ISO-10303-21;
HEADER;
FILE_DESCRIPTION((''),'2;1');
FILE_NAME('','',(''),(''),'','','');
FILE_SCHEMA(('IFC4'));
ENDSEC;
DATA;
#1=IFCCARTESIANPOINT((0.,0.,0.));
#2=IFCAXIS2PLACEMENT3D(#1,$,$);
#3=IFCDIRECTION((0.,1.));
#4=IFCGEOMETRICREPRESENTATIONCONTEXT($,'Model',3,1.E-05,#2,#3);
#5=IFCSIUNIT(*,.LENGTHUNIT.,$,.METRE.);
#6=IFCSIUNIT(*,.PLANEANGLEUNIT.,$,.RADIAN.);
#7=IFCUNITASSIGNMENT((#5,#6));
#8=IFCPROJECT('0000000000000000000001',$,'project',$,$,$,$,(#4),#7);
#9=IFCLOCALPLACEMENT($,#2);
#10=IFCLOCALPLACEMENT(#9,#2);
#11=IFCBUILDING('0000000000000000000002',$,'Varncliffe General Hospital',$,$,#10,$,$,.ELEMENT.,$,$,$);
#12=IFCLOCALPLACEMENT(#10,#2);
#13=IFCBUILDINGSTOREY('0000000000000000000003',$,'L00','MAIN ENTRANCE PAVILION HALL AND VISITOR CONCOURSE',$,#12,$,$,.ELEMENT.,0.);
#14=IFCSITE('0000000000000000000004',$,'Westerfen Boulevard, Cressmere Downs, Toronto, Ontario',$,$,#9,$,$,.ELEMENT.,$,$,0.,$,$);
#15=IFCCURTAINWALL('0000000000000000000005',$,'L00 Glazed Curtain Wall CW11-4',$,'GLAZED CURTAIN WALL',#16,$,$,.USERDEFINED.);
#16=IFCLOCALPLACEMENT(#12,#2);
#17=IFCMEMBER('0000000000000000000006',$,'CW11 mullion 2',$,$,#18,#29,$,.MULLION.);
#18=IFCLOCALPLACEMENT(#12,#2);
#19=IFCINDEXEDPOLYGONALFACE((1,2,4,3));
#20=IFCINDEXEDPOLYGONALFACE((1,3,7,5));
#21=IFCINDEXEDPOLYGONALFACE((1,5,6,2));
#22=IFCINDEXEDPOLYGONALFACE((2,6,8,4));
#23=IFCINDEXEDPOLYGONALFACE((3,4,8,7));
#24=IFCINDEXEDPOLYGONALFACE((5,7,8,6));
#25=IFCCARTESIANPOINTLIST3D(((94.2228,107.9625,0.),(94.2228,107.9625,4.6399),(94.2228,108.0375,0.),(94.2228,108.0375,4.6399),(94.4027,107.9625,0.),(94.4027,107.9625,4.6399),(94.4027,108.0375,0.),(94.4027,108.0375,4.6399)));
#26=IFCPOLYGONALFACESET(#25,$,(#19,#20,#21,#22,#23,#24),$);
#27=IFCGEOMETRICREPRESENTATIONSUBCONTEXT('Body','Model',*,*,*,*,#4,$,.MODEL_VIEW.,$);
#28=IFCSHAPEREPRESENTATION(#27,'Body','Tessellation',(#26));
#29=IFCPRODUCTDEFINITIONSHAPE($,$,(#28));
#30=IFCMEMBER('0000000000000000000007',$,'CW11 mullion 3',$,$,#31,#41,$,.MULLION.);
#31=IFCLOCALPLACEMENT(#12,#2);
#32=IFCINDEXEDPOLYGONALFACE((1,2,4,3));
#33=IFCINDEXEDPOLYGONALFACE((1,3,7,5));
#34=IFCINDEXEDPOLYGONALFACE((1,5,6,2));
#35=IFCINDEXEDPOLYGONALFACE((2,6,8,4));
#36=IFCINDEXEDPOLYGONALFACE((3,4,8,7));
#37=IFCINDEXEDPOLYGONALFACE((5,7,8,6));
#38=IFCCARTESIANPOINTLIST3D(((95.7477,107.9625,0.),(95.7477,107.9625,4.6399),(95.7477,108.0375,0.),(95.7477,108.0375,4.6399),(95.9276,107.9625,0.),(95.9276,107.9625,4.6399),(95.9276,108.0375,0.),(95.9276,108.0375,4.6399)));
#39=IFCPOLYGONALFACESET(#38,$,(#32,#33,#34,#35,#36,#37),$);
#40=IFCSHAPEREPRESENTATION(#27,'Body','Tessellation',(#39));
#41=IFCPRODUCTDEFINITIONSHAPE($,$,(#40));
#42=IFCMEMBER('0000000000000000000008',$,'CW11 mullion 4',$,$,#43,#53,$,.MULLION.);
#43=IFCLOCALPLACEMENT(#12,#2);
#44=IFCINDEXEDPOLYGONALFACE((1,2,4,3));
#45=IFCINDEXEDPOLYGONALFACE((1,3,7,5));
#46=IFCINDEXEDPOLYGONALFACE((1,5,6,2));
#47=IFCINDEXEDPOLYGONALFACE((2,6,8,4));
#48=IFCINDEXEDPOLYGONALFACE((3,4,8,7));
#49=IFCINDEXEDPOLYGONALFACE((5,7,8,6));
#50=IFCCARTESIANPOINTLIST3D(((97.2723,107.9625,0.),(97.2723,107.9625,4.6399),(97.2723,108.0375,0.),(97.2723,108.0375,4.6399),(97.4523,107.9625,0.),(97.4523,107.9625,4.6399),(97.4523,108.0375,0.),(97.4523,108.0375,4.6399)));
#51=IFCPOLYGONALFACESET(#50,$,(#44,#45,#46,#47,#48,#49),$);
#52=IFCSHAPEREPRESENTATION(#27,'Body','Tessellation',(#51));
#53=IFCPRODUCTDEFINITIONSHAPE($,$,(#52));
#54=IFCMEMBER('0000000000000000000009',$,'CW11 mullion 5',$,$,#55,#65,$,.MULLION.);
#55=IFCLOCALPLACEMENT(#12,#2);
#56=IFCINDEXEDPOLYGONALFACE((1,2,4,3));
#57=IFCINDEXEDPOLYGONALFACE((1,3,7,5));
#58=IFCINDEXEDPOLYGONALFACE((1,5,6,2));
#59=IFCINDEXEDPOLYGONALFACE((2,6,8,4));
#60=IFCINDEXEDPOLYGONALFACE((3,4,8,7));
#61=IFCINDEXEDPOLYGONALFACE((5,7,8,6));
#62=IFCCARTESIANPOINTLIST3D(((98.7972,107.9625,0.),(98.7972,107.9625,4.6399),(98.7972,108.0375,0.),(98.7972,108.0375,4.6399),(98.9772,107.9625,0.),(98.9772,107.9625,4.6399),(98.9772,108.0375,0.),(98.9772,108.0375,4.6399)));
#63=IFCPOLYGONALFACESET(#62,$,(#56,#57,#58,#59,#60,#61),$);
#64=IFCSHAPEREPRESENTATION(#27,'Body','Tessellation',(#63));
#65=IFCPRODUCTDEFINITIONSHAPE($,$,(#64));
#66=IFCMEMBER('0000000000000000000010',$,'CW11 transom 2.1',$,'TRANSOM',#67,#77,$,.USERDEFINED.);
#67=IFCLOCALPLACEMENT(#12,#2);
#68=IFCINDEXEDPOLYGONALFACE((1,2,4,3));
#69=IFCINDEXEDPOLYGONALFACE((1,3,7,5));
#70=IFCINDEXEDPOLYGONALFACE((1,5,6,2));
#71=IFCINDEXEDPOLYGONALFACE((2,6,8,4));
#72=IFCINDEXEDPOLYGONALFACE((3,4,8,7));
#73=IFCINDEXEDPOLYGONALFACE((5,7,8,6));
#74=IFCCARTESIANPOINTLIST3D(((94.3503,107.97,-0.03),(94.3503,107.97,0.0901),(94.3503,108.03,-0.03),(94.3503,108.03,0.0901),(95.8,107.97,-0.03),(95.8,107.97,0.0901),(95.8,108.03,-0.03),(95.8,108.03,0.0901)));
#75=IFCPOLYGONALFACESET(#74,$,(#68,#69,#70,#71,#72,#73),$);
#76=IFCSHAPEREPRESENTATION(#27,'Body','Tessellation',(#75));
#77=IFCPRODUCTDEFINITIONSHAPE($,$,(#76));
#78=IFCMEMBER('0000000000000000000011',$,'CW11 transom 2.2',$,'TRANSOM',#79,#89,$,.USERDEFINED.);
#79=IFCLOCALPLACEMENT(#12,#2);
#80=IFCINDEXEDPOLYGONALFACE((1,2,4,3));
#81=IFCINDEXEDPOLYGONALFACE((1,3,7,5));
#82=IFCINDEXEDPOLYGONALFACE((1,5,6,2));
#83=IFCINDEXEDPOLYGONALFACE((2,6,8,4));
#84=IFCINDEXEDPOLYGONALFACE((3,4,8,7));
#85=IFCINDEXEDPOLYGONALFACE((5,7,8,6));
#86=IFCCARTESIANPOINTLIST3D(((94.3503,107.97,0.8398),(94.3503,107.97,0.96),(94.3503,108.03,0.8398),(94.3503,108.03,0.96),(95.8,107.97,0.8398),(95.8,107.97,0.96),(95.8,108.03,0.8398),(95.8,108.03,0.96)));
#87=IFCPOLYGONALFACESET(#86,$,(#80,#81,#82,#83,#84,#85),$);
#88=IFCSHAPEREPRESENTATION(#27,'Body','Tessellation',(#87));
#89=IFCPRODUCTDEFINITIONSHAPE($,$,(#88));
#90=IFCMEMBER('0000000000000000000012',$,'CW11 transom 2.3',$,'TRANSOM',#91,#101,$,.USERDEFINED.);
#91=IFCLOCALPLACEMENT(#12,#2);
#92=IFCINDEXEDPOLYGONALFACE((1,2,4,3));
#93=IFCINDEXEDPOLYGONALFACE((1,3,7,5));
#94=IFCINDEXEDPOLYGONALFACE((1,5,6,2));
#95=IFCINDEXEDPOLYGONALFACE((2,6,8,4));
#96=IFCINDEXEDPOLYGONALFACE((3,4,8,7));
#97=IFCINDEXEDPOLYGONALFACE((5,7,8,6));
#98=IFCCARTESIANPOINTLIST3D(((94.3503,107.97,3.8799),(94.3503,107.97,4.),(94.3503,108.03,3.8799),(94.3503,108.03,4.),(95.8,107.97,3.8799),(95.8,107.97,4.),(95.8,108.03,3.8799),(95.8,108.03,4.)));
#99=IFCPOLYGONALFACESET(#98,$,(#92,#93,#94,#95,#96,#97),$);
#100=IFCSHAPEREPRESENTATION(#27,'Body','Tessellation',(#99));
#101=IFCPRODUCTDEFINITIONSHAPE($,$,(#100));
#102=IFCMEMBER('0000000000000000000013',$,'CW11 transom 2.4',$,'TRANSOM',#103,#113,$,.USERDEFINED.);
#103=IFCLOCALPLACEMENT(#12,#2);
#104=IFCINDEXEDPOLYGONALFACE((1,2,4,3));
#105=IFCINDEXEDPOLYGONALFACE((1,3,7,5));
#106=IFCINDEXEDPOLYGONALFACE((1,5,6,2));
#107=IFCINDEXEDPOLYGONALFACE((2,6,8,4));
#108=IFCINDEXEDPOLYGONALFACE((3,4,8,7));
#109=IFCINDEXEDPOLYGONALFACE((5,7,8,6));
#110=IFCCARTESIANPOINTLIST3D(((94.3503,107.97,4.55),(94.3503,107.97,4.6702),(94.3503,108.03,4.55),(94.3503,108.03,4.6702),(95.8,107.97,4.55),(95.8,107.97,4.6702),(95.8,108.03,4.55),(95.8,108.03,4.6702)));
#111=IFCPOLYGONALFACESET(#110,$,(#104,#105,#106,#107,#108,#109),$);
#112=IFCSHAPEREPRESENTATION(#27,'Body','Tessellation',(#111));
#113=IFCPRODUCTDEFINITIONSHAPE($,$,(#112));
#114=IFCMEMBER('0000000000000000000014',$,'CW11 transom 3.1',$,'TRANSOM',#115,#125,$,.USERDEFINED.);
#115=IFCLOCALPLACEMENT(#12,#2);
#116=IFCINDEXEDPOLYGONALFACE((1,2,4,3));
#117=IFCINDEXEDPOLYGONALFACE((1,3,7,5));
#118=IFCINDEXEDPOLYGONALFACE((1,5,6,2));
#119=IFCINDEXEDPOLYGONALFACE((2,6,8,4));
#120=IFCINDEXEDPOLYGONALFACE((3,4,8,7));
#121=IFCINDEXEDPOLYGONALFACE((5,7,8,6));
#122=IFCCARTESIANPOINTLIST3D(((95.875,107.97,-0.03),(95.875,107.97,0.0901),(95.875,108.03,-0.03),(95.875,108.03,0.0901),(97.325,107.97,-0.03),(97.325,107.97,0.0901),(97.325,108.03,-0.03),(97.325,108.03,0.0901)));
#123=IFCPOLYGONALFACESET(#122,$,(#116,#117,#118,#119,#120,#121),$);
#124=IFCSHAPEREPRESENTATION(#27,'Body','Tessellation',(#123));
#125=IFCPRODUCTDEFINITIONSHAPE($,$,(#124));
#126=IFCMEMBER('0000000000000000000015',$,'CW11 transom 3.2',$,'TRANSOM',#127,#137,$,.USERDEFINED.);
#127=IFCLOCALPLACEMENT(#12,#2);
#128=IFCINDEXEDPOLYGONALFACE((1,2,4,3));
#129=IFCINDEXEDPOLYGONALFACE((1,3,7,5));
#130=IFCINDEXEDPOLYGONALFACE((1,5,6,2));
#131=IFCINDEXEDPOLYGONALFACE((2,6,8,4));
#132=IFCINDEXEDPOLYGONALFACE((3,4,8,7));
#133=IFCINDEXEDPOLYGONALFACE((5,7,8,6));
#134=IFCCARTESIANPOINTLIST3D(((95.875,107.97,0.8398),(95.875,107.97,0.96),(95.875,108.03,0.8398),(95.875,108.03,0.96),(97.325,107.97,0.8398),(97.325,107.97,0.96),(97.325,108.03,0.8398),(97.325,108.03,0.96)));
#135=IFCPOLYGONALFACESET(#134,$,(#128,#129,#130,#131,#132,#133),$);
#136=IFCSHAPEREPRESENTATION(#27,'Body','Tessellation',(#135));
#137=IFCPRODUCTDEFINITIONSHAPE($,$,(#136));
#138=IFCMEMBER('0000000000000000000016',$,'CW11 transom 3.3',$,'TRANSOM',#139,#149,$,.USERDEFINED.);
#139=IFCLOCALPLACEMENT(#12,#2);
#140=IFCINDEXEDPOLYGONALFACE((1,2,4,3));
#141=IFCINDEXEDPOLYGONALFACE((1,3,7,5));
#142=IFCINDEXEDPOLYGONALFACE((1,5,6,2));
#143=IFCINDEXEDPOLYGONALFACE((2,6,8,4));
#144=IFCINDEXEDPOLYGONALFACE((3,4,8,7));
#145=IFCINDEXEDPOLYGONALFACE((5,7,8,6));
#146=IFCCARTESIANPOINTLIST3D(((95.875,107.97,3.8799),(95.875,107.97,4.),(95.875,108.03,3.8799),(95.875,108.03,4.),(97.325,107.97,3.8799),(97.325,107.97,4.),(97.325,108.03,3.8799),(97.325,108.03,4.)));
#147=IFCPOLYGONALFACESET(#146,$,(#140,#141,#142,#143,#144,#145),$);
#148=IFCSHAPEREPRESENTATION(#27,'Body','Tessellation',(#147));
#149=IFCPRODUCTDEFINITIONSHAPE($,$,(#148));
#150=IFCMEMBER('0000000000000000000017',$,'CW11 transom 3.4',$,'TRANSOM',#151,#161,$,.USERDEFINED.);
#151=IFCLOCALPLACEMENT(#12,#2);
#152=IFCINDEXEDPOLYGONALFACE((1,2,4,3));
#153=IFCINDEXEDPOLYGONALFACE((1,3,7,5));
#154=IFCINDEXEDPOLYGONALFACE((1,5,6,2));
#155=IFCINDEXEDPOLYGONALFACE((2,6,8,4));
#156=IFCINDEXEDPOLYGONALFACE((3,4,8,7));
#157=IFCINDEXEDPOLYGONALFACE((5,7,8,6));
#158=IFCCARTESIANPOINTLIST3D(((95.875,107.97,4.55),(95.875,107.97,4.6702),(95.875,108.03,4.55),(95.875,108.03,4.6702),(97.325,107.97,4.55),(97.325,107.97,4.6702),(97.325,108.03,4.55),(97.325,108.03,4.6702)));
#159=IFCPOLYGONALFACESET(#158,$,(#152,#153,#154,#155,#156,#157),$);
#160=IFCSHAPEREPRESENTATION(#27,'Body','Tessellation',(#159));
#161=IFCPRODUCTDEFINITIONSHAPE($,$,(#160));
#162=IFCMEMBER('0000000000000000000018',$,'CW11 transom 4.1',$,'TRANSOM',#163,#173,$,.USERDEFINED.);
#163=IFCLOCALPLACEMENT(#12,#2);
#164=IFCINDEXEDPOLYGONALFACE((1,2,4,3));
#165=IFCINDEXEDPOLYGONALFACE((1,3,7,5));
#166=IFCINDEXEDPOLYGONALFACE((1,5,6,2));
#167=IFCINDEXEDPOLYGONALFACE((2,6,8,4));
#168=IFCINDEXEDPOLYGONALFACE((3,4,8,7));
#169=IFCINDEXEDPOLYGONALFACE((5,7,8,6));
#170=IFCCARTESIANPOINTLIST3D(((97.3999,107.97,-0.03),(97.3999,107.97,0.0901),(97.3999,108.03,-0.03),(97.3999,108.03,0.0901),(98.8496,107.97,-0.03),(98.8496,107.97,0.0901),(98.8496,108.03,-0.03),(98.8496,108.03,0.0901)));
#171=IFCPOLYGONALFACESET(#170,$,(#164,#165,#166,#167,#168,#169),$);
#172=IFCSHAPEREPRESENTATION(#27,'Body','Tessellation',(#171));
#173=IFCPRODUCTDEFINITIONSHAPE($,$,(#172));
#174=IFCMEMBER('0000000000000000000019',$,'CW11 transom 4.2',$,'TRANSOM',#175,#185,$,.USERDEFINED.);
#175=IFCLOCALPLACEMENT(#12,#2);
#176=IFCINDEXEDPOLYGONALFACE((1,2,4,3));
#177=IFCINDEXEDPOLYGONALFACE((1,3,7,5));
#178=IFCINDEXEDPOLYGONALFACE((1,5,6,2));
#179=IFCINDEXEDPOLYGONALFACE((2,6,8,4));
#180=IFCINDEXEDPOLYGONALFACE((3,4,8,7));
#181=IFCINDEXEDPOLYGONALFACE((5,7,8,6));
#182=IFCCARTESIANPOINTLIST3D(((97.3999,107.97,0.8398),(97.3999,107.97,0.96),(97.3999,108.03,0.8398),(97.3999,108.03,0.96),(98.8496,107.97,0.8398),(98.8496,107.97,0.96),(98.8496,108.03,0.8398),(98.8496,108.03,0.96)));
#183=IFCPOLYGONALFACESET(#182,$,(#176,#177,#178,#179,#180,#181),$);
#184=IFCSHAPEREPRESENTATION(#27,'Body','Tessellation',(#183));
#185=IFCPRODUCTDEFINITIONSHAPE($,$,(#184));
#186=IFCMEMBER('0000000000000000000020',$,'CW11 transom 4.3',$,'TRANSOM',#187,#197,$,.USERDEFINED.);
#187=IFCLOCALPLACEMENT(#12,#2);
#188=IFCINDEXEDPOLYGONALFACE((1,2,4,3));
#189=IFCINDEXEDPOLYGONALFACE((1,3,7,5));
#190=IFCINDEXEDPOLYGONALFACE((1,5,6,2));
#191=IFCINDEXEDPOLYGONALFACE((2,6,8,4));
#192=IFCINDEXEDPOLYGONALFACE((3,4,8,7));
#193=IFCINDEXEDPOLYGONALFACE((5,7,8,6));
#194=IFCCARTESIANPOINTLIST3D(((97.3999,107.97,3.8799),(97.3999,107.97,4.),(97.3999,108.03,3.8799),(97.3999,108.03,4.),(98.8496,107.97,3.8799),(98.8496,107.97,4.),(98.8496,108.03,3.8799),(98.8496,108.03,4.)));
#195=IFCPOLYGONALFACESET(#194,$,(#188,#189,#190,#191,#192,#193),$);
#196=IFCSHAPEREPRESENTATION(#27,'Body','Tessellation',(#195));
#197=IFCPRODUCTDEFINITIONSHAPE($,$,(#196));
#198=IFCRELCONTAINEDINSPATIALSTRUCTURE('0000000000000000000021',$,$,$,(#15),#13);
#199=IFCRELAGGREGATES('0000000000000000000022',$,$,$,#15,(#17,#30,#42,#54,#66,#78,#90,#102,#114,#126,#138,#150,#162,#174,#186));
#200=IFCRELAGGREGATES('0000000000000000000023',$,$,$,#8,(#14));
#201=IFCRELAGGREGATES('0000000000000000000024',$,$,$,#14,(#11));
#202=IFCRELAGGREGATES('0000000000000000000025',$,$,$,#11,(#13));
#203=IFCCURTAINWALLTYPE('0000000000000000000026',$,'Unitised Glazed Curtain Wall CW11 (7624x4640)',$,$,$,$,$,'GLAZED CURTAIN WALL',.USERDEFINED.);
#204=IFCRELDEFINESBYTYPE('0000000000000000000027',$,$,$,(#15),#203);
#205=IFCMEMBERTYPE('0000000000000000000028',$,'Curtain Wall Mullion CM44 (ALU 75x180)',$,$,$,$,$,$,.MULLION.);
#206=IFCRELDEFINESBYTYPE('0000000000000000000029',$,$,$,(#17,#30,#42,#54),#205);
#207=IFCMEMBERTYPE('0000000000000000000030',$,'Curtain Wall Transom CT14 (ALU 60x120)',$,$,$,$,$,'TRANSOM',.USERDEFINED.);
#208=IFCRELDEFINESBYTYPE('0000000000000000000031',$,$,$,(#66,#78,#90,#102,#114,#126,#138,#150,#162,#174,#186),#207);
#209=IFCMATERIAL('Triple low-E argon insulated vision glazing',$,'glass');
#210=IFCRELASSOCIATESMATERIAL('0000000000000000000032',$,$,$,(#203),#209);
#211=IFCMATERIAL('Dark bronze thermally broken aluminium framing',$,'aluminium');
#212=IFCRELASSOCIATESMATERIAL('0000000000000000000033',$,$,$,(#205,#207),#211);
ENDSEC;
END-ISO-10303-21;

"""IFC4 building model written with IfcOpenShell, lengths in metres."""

from ifc_helpers import new_model, si_unit, direction, frame, origin, origin_2d, place, context, subcontext, project, spatial, rectangle, extrude, material, material_profile, profile_set, type_object, element, aggregate, save


model = new_model("IFC4")

# Units and contexts
model_context = context("Model", 3, precision=1e-05, world=origin(), true_north=direction((0.0, 1.0)))
body_context = subcontext(model_context, "Body", "Model", "MODEL_VIEW")
ifc_project = project(units=[si_unit("LENGTHUNIT", "METRE"), si_unit("PLANEANGLEUNIT", "RADIAN")], contexts=[model_context])

# Site, building, storey
site_placement = place(None, origin())
site = spatial("IfcSite", under=ifc_project, at=site_placement, Name="Westerfen Boulevard, Cressmere Downs, Toronto, Ontario", CompositionType="ELEMENT", RefElevation=0.0)
building_placement = place(site_placement, origin())
building = spatial("IfcBuilding", under=site, at=building_placement, Name="Varncliffe General Hospital", CompositionType="ELEMENT")
storey_placement = place(building_placement, origin())
storey = spatial("IfcBuildingStorey", under=building, at=storey_placement, Name="L00", Description="MAIN ENTRANCE PAVILION HALL AND VISITOR CONCOURSE", CompositionType="ELEMENT", Elevation=0.0)

# Curtain wall, members
ifc_material_1 = material(Name="Triple low-E argon insulated vision glazing", Category="glass")
curtain_wall_type = type_object("IfcCurtainWallType", Name="Unitised Glazed Curtain Wall CW11 (7624x4640)", ElementType="GLAZED CURTAIN WALL", PredefinedType="USERDEFINED", material=ifc_material_1)
curtain_wall_placement = place(storey_placement, origin())
curtain_wall = element("IfcCurtainWall", 1, at=curtain_wall_placement, inside=storey, type_object=curtain_wall_type, Name="L00 Glazed Curtain Wall CW11-4", ObjectType="GLAZED CURTAIN WALL", PredefinedType="USERDEFINED")
ifc_material_2 = material(Name="Dark bronze thermally broken aluminium framing", Category="aluminium")
ifc_material_profile_1 = material_profile(ifc_material_2, rectangle(XDim=0.075, YDim=0.1799, at=origin_2d()), Name="ALU 75x180")
ifc_profile_set_1 = profile_set([ifc_material_profile_1], Name="Dark bronze thermally broken aluminium framing")
member_type_1 = type_object("IfcMemberType", Name="Curtain Wall Mullion CM44 (ALU 75x180)", PredefinedType="MULLION", material=ifc_profile_set_1)
member_1_placement = place(storey_placement, frame((94.3127, 108.0, 0.0), z_axis=(0.0, 0.0, 1.0), x_axis=(0.0, 1.0, 0.0)))
member_1 = element("IfcMember", 2, at=member_1_placement, type_object=member_type_1, Name="CW11 mullion 2", PredefinedType="MULLION", context=body_context, shape_type="SweptSolid", body=[
    extrude(rectangle(XDim=0.075, YDim=0.1799, at=origin_2d()), origin(), (0.0, 0.0, 1.0), 4.6399),
])
member_2_placement = place(storey_placement, frame((95.8376, 108.0, 0.0), z_axis=(0.0, 0.0, 1.0), x_axis=(0.0, 1.0, 0.0)))
member_2 = element("IfcMember", 3, at=member_2_placement, type_object=member_type_1, Name="CW11 mullion 3", PredefinedType="MULLION", context=body_context, shape_type="SweptSolid", body=[
    extrude(rectangle(XDim=0.075, YDim=0.1799, at=origin_2d()), origin(), (0.0, 0.0, 1.0), 4.6399),
])
member_3_placement = place(storey_placement, frame((97.3623, 108.0, 0.0), z_axis=(0.0, 0.0, 1.0), x_axis=(0.0, 1.0, 0.0)))
member_3 = element("IfcMember", 4, at=member_3_placement, type_object=member_type_1, Name="CW11 mullion 4", PredefinedType="MULLION", context=body_context, shape_type="SweptSolid", body=[
    extrude(rectangle(XDim=0.075, YDim=0.1799, at=origin_2d()), origin(), (0.0, 0.0, 1.0), 4.6399),
])
member_4_placement = place(storey_placement, frame((98.8872, 108.0, 0.0), z_axis=(0.0, 0.0, 1.0), x_axis=(0.0, 1.0, 0.0)))
member_4 = element("IfcMember", 5, at=member_4_placement, type_object=member_type_1, Name="CW11 mullion 5", PredefinedType="MULLION", context=body_context, shape_type="SweptSolid", body=[
    extrude(rectangle(XDim=0.075, YDim=0.1799, at=origin_2d()), origin(), (0.0, 0.0, 1.0), 4.6399),
])
ifc_material_profile_2 = material_profile(ifc_material_2, rectangle(XDim=0.0601, YDim=0.1201, at=origin_2d()), Name="ALU 60x120")
ifc_profile_set_2 = profile_set([ifc_material_profile_2], Name="Dark bronze thermally broken aluminium framing")
member_type_2 = type_object("IfcMemberType", Name="Curtain Wall Transom CT14 (ALU 60x120)", ElementType="TRANSOM", PredefinedType="USERDEFINED", material=ifc_profile_set_2)
member_5_placement = place(storey_placement, frame((94.3503, 108.0, 0.03), z_axis=(1.0, 0.0, 0.0), x_axis=(0.0, 1.0, 0.0)))
member_5 = element("IfcMember", 6, at=member_5_placement, type_object=member_type_2, Name="CW11 transom 2.1", ObjectType="TRANSOM", PredefinedType="USERDEFINED", context=body_context, shape_type="SweptSolid", body=[
    extrude(rectangle(XDim=0.0601, YDim=0.1201, at=origin_2d()), origin(), (0.0, 0.0, 1.0), 1.4497),
])
member_6_placement = place(storey_placement, frame((94.3503, 108.0, 0.8999), z_axis=(1.0, 0.0, 0.0), x_axis=(0.0, 1.0, 0.0)))
member_6 = element("IfcMember", 7, at=member_6_placement, type_object=member_type_2, Name="CW11 transom 2.2", ObjectType="TRANSOM", PredefinedType="USERDEFINED", context=body_context, shape_type="SweptSolid", body=[
    extrude(rectangle(XDim=0.0601, YDim=0.1201, at=origin_2d()), origin(), (0.0, 0.0, 1.0), 1.4497),
])
member_7_placement = place(storey_placement, frame((94.3503, 108.0, 3.9399), z_axis=(1.0, 0.0, 0.0), x_axis=(0.0, 1.0, 0.0)))
member_7 = element("IfcMember", 8, at=member_7_placement, type_object=member_type_2, Name="CW11 transom 2.3", ObjectType="TRANSOM", PredefinedType="USERDEFINED", context=body_context, shape_type="SweptSolid", body=[
    extrude(rectangle(XDim=0.0601, YDim=0.1201, at=origin_2d()), origin(), (0.0, 0.0, 1.0), 1.4497),
])
member_8_placement = place(storey_placement, frame((94.3503, 108.0, 4.6101), z_axis=(1.0, 0.0, 0.0), x_axis=(0.0, 1.0, 0.0)))
member_8 = element("IfcMember", 9, at=member_8_placement, type_object=member_type_2, Name="CW11 transom 2.4", ObjectType="TRANSOM", PredefinedType="USERDEFINED", context=body_context, shape_type="SweptSolid", body=[
    extrude(rectangle(XDim=0.0601, YDim=0.1201, at=origin_2d()), origin(), (0.0, 0.0, 1.0), 1.4497),
])
member_9_placement = place(storey_placement, frame((95.875, 108.0, 0.03), z_axis=(1.0, 0.0, 0.0), x_axis=(0.0, 1.0, 0.0)))
member_9 = element("IfcMember", 10, at=member_9_placement, type_object=member_type_2, Name="CW11 transom 3.1", ObjectType="TRANSOM", PredefinedType="USERDEFINED", context=body_context, shape_type="SweptSolid", body=[
    extrude(rectangle(XDim=0.0601, YDim=0.1201, at=origin_2d()), origin(), (0.0, 0.0, 1.0), 1.45),
])
member_10_placement = place(storey_placement, frame((95.875, 108.0, 0.8999), z_axis=(1.0, 0.0, 0.0), x_axis=(0.0, 1.0, 0.0)))
member_10 = element("IfcMember", 11, at=member_10_placement, type_object=member_type_2, Name="CW11 transom 3.2", ObjectType="TRANSOM", PredefinedType="USERDEFINED", context=body_context, shape_type="SweptSolid", body=[
    extrude(rectangle(XDim=0.0601, YDim=0.1201, at=origin_2d()), origin(), (0.0, 0.0, 1.0), 1.45),
])
member_11_placement = place(storey_placement, frame((95.875, 108.0, 3.9399), z_axis=(1.0, 0.0, 0.0), x_axis=(0.0, 1.0, 0.0)))
member_11 = element("IfcMember", 12, at=member_11_placement, type_object=member_type_2, Name="CW11 transom 3.3", ObjectType="TRANSOM", PredefinedType="USERDEFINED", context=body_context, shape_type="SweptSolid", body=[
    extrude(rectangle(XDim=0.0601, YDim=0.1201, at=origin_2d()), origin(), (0.0, 0.0, 1.0), 1.45),
])
member_12_placement = place(storey_placement, frame((95.875, 108.0, 4.6101), z_axis=(1.0, 0.0, 0.0), x_axis=(0.0, 1.0, 0.0)))
member_12 = element("IfcMember", 13, at=member_12_placement, type_object=member_type_2, Name="CW11 transom 3.4", ObjectType="TRANSOM", PredefinedType="USERDEFINED", context=body_context, shape_type="SweptSolid", body=[
    extrude(rectangle(XDim=0.0601, YDim=0.1201, at=origin_2d()), origin(), (0.0, 0.0, 1.0), 1.45),
])
member_13_placement = place(storey_placement, frame((97.3999, 108.0, 0.03), z_axis=(1.0, 0.0, 0.0), x_axis=(0.0, 1.0, 0.0)))
member_13 = element("IfcMember", 14, at=member_13_placement, type_object=member_type_2, Name="CW11 transom 4.1", ObjectType="TRANSOM", PredefinedType="USERDEFINED", context=body_context, shape_type="SweptSolid", body=[
    extrude(rectangle(XDim=0.0601, YDim=0.1201, at=origin_2d()), origin(), (0.0, 0.0, 1.0), 1.4497),
])
member_14_placement = place(storey_placement, frame((97.3999, 108.0, 0.8999), z_axis=(1.0, 0.0, 0.0), x_axis=(0.0, 1.0, 0.0)))
member_14 = element("IfcMember", 15, at=member_14_placement, type_object=member_type_2, Name="CW11 transom 4.2", ObjectType="TRANSOM", PredefinedType="USERDEFINED", context=body_context, shape_type="SweptSolid", body=[
    extrude(rectangle(XDim=0.0601, YDim=0.1201, at=origin_2d()), origin(), (0.0, 0.0, 1.0), 1.4497),
])
member_15_placement = place(storey_placement, frame((97.3999, 108.0, 3.9399), z_axis=(1.0, 0.0, 0.0), x_axis=(0.0, 1.0, 0.0)))
member_15 = element("IfcMember", 16, at=member_15_placement, type_object=member_type_2, Name="CW11 transom 4.3", ObjectType="TRANSOM", PredefinedType="USERDEFINED", context=body_context, shape_type="SweptSolid", body=[
    extrude(rectangle(XDim=0.0601, YDim=0.1201, at=origin_2d()), origin(), (0.0, 0.0, 1.0), 1.4497),
])
aggregate(curtain_wall, [member_1, member_2, member_3, member_4, member_5, member_6, member_7, member_8, member_9, member_10, member_11, member_12, member_13, member_14, member_15])

save(model, "model.ifc")
